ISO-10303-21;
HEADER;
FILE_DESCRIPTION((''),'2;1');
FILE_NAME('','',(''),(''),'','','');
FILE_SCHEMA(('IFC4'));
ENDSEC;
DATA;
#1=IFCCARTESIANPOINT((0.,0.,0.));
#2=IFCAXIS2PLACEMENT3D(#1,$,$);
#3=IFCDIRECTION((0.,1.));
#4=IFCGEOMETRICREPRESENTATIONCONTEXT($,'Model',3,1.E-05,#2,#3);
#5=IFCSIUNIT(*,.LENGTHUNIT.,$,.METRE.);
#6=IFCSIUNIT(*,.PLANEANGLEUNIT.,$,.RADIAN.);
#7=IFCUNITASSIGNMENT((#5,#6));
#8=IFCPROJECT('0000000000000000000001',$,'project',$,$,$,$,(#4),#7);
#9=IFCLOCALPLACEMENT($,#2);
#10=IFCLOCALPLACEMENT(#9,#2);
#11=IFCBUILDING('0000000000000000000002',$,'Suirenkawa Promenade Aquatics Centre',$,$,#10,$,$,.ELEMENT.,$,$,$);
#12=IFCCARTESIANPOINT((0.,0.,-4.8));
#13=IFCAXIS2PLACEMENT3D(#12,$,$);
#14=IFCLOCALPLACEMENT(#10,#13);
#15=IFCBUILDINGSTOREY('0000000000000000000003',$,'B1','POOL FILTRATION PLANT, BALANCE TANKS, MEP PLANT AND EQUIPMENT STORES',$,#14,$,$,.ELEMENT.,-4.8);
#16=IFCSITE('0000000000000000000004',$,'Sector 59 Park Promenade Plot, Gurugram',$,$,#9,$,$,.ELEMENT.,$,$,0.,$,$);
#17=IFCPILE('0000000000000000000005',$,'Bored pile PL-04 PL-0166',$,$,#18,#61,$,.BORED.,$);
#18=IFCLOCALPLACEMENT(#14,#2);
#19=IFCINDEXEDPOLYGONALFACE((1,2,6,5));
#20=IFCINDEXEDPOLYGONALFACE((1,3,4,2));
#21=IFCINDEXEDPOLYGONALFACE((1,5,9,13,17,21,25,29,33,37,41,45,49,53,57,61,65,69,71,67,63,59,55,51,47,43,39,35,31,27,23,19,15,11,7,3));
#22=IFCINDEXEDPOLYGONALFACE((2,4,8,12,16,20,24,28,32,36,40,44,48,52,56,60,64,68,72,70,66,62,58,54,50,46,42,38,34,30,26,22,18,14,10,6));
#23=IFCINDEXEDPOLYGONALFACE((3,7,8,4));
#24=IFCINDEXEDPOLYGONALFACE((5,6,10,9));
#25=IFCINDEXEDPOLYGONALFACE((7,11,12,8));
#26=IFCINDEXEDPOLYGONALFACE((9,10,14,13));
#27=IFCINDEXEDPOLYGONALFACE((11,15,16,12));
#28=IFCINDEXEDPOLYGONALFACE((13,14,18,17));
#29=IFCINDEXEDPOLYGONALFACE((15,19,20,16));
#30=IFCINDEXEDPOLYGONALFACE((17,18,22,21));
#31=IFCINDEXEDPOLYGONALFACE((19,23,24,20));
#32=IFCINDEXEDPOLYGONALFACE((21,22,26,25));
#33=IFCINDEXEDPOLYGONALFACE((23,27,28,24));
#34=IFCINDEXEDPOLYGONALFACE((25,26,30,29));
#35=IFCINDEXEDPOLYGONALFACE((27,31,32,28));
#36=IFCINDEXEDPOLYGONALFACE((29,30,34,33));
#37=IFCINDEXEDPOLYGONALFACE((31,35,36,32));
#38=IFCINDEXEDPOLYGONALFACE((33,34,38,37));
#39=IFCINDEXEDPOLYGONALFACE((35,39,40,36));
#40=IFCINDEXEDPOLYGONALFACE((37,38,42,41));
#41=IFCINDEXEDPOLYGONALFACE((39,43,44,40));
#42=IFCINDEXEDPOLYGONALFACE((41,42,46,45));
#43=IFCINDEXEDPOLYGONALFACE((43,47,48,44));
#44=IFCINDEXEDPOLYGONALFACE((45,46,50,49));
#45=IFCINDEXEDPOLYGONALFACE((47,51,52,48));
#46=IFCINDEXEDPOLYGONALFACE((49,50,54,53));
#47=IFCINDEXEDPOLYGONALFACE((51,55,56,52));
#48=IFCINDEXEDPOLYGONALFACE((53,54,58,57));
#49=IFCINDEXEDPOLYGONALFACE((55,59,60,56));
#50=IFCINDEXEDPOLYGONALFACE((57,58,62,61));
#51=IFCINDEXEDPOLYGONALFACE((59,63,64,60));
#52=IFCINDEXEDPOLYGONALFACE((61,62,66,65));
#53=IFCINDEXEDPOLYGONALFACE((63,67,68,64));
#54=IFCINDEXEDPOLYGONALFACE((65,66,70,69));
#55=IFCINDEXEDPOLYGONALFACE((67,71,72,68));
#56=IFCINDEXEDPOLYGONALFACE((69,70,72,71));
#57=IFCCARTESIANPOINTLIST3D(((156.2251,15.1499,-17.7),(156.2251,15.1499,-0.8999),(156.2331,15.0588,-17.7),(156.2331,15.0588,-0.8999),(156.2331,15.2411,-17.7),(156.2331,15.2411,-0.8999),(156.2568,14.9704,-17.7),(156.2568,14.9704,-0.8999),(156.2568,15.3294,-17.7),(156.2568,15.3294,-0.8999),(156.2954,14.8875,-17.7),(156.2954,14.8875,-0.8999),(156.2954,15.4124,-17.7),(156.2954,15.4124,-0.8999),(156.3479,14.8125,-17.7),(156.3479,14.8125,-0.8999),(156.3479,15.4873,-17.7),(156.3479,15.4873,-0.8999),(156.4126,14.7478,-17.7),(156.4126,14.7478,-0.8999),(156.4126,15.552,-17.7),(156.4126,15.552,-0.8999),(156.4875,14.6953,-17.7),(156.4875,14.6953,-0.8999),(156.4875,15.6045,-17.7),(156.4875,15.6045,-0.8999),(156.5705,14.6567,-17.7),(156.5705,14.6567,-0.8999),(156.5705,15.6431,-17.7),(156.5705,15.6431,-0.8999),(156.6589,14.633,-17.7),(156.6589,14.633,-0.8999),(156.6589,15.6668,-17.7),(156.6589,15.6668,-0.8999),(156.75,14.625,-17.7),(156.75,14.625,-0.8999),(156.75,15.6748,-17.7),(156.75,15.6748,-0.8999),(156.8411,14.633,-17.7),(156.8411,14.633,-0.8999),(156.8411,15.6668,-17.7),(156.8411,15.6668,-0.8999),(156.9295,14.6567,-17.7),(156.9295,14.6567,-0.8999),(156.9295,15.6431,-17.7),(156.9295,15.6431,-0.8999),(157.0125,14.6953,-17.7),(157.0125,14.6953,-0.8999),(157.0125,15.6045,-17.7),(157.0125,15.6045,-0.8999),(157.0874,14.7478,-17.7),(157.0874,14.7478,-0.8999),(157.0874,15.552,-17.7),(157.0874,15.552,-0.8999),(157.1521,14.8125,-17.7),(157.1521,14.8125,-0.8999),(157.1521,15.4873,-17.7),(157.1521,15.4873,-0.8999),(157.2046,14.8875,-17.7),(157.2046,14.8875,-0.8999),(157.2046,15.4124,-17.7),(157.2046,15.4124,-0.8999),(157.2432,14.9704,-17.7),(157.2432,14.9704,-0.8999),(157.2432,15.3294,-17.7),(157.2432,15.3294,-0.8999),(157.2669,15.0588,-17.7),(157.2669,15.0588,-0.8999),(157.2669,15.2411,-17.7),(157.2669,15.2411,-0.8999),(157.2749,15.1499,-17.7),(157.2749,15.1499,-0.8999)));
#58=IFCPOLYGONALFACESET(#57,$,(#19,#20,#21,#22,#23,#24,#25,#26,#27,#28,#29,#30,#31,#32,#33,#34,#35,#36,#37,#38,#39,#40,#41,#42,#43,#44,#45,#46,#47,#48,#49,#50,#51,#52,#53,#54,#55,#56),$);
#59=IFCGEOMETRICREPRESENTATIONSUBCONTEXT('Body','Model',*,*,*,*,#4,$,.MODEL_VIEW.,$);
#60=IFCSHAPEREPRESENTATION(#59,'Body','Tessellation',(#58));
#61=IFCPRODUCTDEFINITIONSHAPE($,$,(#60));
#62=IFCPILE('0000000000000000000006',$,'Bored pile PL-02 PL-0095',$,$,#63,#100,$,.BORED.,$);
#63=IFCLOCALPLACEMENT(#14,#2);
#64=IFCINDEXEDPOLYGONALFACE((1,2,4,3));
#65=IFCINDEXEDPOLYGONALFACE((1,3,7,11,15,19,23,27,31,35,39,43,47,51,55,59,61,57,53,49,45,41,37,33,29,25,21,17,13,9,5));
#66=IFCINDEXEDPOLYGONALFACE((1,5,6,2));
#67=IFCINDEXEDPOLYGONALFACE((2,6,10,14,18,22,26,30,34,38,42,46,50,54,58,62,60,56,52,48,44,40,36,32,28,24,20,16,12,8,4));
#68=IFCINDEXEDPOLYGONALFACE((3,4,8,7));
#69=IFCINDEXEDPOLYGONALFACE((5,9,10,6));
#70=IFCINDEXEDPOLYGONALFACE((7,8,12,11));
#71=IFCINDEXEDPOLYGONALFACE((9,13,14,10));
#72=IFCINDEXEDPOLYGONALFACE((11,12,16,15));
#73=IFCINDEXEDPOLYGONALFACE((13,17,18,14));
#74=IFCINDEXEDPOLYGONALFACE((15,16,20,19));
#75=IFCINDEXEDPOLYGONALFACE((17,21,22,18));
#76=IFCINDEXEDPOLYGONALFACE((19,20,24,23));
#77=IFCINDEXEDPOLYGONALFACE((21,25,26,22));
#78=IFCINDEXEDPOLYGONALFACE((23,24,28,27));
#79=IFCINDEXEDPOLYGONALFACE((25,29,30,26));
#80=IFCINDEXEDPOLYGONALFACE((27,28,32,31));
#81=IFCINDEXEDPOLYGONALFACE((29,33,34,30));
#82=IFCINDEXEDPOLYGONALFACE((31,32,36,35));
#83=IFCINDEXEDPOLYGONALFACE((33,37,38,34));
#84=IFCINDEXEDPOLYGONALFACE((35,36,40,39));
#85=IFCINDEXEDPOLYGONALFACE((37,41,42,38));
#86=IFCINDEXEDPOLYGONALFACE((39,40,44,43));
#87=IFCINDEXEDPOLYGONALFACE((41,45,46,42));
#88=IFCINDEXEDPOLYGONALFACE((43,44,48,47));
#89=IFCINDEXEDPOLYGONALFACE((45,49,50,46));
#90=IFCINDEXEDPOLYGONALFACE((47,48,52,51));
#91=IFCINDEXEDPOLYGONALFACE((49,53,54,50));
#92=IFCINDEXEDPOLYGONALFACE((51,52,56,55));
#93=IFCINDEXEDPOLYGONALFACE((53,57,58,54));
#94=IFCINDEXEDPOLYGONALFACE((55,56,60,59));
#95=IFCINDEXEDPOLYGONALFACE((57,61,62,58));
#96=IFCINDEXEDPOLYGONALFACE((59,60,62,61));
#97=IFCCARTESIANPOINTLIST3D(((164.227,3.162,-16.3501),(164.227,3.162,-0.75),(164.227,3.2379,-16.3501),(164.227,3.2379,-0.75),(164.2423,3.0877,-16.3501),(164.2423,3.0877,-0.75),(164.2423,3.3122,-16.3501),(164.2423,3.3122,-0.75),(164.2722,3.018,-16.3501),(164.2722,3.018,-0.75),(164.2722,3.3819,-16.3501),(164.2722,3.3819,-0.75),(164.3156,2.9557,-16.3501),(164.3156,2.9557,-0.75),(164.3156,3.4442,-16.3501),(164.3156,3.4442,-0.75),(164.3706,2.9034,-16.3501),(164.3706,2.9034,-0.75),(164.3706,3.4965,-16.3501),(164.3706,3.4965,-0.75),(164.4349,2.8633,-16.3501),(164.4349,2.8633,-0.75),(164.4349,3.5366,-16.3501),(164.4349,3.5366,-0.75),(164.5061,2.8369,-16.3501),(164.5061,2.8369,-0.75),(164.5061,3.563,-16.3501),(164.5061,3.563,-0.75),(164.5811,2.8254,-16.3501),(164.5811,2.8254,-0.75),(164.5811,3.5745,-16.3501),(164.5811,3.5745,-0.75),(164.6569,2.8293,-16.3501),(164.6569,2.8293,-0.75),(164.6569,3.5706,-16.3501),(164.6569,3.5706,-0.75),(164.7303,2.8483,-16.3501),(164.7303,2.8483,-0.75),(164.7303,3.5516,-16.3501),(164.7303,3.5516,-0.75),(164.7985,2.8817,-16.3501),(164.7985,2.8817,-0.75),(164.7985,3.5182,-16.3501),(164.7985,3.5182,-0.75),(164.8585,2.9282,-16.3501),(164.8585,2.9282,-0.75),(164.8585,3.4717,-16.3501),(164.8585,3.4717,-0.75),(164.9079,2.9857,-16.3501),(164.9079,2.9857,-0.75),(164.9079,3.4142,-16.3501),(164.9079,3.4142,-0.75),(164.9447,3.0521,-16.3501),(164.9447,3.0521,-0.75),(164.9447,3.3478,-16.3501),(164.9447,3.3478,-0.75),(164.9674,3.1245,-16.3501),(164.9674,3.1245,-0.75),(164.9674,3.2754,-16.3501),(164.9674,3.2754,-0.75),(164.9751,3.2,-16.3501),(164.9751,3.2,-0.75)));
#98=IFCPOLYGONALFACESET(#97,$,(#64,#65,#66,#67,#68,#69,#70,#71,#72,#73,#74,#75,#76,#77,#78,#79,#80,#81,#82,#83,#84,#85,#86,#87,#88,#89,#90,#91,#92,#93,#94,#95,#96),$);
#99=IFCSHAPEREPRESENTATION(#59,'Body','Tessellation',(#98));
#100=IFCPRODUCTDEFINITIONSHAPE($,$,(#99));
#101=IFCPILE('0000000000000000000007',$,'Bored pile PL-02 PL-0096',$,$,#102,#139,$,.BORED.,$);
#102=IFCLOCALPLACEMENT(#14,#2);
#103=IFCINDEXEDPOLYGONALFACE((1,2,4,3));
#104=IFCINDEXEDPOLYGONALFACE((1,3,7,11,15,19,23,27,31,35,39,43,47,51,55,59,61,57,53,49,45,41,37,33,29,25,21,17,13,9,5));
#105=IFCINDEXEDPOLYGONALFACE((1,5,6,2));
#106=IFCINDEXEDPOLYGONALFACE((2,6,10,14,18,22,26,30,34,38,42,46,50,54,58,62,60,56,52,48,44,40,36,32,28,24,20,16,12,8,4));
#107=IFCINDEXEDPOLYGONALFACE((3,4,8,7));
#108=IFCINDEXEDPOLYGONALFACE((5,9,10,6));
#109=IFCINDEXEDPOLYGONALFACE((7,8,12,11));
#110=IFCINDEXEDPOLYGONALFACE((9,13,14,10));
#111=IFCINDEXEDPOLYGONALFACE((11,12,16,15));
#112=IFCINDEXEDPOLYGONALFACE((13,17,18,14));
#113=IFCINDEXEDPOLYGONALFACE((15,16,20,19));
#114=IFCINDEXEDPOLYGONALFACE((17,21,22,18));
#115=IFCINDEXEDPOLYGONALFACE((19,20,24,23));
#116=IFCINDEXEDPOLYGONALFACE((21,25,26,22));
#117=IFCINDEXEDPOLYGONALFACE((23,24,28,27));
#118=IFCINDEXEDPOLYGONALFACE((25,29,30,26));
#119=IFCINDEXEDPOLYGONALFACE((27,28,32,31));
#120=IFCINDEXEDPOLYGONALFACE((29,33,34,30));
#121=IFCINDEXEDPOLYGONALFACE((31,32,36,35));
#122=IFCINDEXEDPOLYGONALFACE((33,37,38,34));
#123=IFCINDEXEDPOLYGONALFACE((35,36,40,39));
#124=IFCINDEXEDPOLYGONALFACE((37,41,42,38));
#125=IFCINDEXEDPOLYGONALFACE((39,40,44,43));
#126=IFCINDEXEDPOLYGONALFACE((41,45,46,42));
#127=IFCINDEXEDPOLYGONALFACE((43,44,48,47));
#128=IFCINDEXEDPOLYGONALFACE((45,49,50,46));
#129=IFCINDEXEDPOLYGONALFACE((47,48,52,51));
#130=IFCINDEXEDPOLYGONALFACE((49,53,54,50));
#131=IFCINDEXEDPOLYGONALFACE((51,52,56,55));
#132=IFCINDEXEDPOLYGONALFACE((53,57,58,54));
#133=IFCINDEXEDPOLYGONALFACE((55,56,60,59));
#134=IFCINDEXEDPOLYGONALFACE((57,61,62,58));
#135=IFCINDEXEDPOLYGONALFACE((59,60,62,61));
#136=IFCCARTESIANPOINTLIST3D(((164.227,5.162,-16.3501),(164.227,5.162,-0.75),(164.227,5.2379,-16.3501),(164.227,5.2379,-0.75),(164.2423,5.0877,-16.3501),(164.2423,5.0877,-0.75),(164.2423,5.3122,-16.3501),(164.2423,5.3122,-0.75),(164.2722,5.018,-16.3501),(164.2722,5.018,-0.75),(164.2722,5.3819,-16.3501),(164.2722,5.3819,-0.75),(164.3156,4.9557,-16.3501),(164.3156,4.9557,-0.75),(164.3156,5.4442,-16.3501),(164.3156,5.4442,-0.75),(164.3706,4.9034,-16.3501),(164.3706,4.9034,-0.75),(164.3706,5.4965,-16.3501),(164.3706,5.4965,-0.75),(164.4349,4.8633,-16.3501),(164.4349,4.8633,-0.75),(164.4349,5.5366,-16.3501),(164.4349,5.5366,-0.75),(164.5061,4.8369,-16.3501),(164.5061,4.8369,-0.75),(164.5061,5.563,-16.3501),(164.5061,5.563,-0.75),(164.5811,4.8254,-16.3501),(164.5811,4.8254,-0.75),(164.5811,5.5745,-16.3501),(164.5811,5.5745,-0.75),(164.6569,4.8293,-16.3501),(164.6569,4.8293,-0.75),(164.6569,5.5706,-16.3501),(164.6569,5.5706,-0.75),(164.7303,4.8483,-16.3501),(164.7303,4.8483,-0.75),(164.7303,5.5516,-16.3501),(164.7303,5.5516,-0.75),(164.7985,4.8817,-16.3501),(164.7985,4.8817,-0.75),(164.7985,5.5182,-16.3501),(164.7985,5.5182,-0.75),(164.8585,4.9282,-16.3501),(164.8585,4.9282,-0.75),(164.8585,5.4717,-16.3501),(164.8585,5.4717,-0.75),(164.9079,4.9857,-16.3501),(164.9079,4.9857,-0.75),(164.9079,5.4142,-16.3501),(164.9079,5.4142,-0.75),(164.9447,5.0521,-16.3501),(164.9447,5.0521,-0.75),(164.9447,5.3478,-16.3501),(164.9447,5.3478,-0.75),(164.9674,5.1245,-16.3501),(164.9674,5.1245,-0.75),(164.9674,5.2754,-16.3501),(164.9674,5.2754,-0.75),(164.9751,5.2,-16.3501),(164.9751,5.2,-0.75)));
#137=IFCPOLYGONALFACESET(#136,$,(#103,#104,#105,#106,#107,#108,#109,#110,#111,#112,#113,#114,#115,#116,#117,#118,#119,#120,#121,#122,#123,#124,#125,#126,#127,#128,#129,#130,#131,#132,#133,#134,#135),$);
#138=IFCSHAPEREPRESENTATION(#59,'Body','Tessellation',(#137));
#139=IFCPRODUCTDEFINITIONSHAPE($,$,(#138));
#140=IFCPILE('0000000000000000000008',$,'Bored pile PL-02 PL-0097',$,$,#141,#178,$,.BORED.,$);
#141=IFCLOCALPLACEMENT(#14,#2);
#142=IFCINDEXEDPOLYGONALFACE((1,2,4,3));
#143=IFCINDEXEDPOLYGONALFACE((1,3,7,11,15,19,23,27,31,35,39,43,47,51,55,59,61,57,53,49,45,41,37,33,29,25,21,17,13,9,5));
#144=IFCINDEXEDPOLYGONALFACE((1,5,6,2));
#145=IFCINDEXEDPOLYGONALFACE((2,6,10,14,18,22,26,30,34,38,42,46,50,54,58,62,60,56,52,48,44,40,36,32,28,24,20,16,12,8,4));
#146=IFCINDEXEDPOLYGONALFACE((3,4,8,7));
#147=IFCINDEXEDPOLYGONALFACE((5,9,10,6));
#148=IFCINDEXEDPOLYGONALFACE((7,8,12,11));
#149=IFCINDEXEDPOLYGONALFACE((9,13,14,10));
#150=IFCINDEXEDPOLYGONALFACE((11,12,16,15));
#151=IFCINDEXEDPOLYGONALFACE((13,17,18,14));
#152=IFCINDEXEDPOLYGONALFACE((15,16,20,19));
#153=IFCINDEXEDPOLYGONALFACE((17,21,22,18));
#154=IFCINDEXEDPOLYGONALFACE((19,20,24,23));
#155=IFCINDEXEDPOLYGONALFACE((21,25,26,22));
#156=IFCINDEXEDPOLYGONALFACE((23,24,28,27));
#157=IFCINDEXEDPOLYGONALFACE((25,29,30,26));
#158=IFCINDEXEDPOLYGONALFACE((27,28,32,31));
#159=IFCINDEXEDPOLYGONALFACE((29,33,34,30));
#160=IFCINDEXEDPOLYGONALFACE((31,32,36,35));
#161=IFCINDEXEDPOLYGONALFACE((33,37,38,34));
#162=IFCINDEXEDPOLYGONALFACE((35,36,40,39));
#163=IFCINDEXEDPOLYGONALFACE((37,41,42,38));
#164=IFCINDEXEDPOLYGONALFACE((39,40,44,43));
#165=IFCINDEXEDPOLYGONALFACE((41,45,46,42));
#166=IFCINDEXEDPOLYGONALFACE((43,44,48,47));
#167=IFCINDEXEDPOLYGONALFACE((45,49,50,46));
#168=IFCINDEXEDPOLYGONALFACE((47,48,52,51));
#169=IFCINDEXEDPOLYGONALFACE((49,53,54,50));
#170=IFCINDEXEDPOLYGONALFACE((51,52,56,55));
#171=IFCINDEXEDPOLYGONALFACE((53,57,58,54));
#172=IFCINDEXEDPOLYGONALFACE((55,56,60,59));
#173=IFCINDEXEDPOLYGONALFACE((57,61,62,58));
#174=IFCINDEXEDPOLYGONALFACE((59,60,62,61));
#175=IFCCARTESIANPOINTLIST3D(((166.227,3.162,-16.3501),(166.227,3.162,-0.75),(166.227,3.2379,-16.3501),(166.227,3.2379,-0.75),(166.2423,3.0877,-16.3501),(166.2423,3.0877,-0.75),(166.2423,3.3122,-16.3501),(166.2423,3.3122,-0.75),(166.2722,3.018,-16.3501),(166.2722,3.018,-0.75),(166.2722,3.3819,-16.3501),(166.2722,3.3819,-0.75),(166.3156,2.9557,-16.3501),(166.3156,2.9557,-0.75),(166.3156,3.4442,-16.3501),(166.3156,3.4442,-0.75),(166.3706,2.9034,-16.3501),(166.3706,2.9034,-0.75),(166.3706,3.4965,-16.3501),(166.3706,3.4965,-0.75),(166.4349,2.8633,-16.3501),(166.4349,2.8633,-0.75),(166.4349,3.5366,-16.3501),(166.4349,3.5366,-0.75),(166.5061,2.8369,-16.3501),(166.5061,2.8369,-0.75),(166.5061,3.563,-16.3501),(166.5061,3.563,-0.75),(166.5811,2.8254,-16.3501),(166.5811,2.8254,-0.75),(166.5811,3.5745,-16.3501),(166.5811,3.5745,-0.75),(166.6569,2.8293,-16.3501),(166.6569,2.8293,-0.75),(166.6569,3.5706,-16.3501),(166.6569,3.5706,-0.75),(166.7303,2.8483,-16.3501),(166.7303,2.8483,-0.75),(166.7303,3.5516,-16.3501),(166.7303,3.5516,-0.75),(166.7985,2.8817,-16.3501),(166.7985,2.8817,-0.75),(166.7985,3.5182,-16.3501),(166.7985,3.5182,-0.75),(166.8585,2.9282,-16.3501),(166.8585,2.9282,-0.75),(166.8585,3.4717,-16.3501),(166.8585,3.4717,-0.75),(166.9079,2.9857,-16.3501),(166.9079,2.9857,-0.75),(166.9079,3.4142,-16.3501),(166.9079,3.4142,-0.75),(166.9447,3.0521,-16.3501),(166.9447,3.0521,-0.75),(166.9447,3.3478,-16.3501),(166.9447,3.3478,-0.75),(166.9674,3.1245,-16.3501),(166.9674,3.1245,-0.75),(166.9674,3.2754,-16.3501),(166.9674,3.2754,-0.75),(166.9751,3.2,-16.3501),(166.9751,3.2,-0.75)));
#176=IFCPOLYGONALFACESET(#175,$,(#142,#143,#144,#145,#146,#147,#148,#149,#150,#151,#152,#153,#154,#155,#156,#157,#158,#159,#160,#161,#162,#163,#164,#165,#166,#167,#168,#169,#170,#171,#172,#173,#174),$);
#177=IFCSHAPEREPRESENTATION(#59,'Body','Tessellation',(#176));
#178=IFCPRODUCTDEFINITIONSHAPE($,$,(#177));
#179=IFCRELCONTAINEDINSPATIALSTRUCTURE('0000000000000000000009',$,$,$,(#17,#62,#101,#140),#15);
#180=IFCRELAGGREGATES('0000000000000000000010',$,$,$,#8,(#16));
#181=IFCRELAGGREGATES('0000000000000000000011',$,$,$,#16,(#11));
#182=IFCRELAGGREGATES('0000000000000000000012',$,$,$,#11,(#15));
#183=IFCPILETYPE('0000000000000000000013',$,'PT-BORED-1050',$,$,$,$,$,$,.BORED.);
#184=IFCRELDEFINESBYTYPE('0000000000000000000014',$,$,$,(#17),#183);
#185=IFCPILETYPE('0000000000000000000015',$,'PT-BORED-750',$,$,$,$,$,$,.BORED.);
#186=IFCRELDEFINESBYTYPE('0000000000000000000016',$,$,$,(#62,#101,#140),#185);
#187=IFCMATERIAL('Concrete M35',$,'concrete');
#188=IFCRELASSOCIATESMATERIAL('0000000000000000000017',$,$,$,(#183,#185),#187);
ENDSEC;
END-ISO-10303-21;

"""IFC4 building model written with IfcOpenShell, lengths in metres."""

from ifc_helpers import new_model, si_unit, direction, frame, origin, origin_2d, place, context, subcontext, project, spatial, circle, extrude, material, material_profile, profile_set, type_object, element, save


model = new_model("IFC4")

# Units and contexts
model_context = context("Model", 3, precision=1e-05, world=origin(), true_north=direction((0.0, 1.0)))
body_context = subcontext(model_context, "Body", "Model", "MODEL_VIEW")
ifc_project = project(units=[si_unit("LENGTHUNIT", "METRE"), si_unit("PLANEANGLEUNIT", "RADIAN")], contexts=[model_context])

# Site, building, storey
site_placement = place(None, origin())
site = spatial("IfcSite", under=ifc_project, at=site_placement, Name="Sector 59 Park Promenade Plot, Gurugram", CompositionType="ELEMENT", RefElevation=0.0)
building_placement = place(site_placement, origin())
building = spatial("IfcBuilding", under=site, at=building_placement, Name="Suirenkawa Promenade Aquatics Centre", CompositionType="ELEMENT")
storey_placement = place(building_placement, frame((0.0, 0.0, -4.8)))
storey = spatial("IfcBuildingStorey", under=building, at=storey_placement, Name="B1", Description="POOL FILTRATION PLANT, BALANCE TANKS, MEP PLANT AND EQUIPMENT STORES", CompositionType="ELEMENT", Elevation=-4.8)

# Shared definitions
ifc_material_1 = material(Name="Concrete M35", Category="concrete")

# Piles
ifc_material_profile_1 = material_profile(ifc_material_1, circle(Radius=0.5249, at=origin_2d()), Name="PILE D1050", Category="concrete")
ifc_profile_set_1 = profile_set([ifc_material_profile_1], Name="Concrete M35")
pile_type_1 = type_object("IfcPileType", Name="PT-BORED-1050", PredefinedType="BORED", material=ifc_profile_set_1)
for number, where, z_axis, x_axis, name in (
    (1, (156.75, 15.1499, -0.8999), (0.0, 0.0, -1.0), (1.0, 0.0, 0.0), "Bored pile PL-04 PL-0166"),
):
    element("IfcPile", number, at=place(storey_placement, frame(where, z_axis=z_axis, x_axis=x_axis)), inside=storey, type_object=pile_type_1, Name=name, PredefinedType="BORED", context=body_context, shape_type="SweptSolid", body=[
        extrude(circle(Radius=0.5249, at=origin_2d()), origin(), (0.0, 0.0, 1.0), 16.8),
    ])
ifc_material_profile_2 = material_profile(ifc_material_1, circle(Radius=0.375, at=origin_2d()), Name="PILE D750", Category="concrete")
ifc_profile_set_2 = profile_set([ifc_material_profile_2], Name="Concrete M35")
pile_type_2 = type_object("IfcPileType", Name="PT-BORED-750", PredefinedType="BORED", material=ifc_profile_set_2)
for number, where, z_axis, x_axis, name in (
    (2, (164.6001, 3.2, -0.75), (0.0, 0.0, -1.0), (1.0, 0.0, 0.0), "Bored pile PL-02 PL-0095"),
    (3, (164.6001, 5.2, -0.75), (0.0, 0.0, -1.0), (1.0, 0.0, 0.0), "Bored pile PL-02 PL-0096"),
    (4, (166.6001, 3.2, -0.75), (0.0, 0.0, -1.0), (1.0, 0.0, 0.0), "Bored pile PL-02 PL-0097"),
):
    element("IfcPile", number, at=place(storey_placement, frame(where, z_axis=z_axis, x_axis=x_axis)), inside=storey, type_object=pile_type_2, Name=name, PredefinedType="BORED", context=body_context, shape_type="SweptSolid", body=[
        extrude(circle(Radius=0.375, at=origin_2d()), origin(), (0.0, 0.0, 1.0), 15.6001),
    ])

save(model, "model.ifc")
